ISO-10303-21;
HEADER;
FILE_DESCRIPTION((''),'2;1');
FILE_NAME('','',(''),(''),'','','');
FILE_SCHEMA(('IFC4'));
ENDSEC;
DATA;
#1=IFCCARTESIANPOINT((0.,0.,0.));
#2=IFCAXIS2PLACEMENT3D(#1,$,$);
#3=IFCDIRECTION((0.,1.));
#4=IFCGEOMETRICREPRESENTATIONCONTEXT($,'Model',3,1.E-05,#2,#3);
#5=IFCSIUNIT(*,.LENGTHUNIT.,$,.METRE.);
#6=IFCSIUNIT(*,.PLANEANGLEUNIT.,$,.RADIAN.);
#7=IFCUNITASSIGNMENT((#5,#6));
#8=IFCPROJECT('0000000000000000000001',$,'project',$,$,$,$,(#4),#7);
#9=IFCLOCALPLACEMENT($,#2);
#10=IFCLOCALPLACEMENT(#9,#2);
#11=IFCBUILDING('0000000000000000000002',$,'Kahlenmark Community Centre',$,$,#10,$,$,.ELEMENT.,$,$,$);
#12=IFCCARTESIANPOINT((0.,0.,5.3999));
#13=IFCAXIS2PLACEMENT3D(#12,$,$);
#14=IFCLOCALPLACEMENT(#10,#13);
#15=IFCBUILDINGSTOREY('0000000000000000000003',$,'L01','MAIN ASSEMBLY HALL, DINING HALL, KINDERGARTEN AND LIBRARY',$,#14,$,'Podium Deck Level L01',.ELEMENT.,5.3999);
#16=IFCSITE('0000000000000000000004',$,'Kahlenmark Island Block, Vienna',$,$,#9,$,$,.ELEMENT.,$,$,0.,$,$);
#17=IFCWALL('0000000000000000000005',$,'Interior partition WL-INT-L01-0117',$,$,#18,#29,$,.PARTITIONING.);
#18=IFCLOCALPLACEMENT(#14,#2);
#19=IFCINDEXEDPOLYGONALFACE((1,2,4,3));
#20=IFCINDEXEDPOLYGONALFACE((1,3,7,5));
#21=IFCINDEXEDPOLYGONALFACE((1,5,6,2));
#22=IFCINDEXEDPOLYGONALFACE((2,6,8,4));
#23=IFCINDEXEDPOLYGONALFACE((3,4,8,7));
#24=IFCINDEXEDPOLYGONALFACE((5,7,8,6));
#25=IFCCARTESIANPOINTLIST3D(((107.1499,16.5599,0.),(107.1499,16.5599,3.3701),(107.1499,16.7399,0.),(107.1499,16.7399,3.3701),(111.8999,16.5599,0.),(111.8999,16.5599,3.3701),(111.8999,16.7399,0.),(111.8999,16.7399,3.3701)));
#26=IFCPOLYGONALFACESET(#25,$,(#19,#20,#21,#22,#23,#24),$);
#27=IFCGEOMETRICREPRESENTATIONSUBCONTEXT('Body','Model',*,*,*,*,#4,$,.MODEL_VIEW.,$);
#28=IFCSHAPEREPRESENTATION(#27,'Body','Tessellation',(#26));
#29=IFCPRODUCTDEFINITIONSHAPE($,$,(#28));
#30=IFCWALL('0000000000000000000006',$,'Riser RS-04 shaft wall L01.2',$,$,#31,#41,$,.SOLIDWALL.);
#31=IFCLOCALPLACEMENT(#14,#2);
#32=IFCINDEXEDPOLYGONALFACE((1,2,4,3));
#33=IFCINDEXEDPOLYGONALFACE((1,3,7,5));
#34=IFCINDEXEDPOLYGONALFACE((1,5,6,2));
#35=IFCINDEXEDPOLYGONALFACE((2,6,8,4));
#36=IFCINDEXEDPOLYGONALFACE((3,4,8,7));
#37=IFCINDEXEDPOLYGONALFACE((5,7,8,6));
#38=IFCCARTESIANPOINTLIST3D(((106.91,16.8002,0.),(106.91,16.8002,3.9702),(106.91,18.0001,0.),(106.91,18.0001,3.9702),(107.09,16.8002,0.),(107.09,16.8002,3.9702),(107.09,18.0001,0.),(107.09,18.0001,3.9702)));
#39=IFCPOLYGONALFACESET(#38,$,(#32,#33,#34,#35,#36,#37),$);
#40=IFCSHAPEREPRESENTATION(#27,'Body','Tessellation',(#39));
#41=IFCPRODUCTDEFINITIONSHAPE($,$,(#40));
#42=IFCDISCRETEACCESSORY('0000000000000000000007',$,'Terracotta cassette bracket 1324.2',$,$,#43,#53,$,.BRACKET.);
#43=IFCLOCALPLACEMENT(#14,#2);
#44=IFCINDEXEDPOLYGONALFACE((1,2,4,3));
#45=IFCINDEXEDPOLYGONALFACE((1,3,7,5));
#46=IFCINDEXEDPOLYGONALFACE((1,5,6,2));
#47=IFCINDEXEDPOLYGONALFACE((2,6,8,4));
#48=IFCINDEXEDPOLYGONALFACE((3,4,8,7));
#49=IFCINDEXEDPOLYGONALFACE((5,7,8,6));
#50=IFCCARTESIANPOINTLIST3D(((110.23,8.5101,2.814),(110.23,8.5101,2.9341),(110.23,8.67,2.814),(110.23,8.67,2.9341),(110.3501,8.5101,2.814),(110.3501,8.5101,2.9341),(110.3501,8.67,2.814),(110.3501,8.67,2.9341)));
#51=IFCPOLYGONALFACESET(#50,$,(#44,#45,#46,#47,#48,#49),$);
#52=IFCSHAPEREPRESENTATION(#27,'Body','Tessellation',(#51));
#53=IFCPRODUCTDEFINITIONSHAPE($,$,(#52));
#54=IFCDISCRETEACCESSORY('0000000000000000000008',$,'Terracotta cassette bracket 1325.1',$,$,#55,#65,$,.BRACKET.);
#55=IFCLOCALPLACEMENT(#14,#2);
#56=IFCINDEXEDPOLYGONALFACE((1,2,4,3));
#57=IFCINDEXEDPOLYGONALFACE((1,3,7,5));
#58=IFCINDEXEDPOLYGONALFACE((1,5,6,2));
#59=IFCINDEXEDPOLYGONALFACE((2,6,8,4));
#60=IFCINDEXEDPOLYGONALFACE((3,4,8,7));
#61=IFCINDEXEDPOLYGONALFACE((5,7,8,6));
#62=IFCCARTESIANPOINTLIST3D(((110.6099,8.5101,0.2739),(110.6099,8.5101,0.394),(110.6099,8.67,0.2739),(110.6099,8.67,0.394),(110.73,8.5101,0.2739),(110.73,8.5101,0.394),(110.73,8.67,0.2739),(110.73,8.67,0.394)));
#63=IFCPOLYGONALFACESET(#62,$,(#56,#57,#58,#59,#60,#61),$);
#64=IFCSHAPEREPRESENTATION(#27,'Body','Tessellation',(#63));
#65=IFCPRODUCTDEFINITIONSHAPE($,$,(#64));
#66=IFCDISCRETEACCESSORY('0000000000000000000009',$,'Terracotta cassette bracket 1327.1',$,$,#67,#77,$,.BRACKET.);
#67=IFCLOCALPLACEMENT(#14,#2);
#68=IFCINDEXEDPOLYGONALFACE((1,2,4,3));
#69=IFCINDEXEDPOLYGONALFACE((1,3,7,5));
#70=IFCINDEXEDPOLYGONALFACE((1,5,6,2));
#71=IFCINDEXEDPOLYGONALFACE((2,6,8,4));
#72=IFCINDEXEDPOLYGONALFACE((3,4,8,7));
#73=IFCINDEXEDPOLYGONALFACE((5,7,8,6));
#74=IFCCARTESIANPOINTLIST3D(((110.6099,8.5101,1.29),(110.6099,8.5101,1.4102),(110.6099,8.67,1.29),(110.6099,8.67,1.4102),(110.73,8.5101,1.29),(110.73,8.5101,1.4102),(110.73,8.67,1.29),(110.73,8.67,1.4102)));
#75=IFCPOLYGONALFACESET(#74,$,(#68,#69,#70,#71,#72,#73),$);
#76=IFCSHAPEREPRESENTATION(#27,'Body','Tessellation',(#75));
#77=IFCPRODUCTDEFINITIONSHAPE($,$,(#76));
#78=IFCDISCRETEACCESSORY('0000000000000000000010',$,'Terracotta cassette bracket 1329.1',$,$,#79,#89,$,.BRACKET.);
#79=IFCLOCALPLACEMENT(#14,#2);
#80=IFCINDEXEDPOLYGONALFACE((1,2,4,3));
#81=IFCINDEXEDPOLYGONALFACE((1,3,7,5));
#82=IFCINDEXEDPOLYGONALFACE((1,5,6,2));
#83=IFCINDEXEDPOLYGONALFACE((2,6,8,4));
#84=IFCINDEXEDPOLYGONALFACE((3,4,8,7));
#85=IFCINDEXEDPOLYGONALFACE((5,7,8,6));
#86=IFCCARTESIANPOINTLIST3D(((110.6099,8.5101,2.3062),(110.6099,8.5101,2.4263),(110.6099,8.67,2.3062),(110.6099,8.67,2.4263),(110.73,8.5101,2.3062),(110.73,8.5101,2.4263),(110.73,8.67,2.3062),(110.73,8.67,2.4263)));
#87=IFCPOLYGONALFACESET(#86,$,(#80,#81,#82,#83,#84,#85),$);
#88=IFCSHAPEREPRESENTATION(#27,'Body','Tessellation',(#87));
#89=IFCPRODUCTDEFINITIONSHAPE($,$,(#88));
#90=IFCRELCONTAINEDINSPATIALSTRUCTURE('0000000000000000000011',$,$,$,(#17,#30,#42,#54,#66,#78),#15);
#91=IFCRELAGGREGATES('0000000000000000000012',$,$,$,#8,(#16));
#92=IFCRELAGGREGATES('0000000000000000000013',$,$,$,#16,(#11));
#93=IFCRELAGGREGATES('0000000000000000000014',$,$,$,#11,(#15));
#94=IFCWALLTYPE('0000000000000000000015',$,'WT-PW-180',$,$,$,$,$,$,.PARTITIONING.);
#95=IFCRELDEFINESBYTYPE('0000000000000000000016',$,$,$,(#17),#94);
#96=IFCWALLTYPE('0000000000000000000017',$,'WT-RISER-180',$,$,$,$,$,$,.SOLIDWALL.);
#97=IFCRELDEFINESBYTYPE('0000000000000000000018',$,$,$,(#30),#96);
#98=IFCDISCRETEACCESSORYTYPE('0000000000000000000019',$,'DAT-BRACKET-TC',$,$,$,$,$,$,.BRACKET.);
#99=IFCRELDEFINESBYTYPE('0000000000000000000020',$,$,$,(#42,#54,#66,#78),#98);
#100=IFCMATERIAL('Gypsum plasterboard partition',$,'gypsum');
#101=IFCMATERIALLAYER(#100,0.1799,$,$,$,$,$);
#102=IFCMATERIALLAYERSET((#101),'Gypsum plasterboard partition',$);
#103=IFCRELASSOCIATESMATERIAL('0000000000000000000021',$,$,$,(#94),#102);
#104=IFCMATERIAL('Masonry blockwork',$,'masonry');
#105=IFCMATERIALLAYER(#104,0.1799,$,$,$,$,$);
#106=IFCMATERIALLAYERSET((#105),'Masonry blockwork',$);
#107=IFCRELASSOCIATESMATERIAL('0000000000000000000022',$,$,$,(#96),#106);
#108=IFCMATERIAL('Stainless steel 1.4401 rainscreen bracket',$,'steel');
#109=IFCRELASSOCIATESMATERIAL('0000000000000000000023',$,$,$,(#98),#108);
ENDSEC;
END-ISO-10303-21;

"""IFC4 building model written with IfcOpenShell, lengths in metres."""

from ifc_helpers import new_model, si_unit, direction, frame, frame_2d, origin, origin_2d, place, context, subcontext, project, spatial, rectangle, extrude, material, layer, layer_set, type_object, element, save


model = new_model("IFC4")

# Units and contexts
model_context = context("Model", 3, precision=1e-05, world=origin(), true_north=direction((0.0, 1.0)))
body_context = subcontext(model_context, "Body", "Model", "MODEL_VIEW")
ifc_project = project(units=[si_unit("LENGTHUNIT", "METRE"), si_unit("PLANEANGLEUNIT", "RADIAN")], contexts=[model_context])

# Site, building, storey
site_placement = place(None, origin())
site = spatial("IfcSite", under=ifc_project, at=site_placement, Name="Kahlenmark Island Block, Vienna", CompositionType="ELEMENT", RefElevation=0.0)
building_placement = place(site_placement, origin())
building = spatial("IfcBuilding", under=site, at=building_placement, Name="Kahlenmark Community Centre", CompositionType="ELEMENT")
storey_placement = place(building_placement, frame((0.0, 0.0, 5.3999)))
storey = spatial("IfcBuildingStorey", under=building, at=storey_placement, Name="L01", Description="MAIN ASSEMBLY HALL, DINING HALL, KINDERGARTEN AND LIBRARY", LongName="Podium Deck Level L01", CompositionType="ELEMENT", Elevation=5.3999)

# Walls
ifc_material_1 = material(Name="Gypsum plasterboard partition", Category="gypsum")
ifc_layer_1 = layer(ifc_material_1, 0.1799)
ifc_layer_set_1 = layer_set([ifc_layer_1], Name="Gypsum plasterboard partition")
wall_type_1 = type_object("IfcWallType", Name="WT-PW-180", PredefinedType="PARTITIONING", material=ifc_layer_set_1)
wall_1_placement = place(storey_placement, frame((107.1499, 16.6499, 0.0), z_axis=(0.0, 0.0, 1.0), x_axis=(1.0, 0.0, 0.0)))
element("IfcWall", 1, at=wall_1_placement, inside=storey, type_object=wall_type_1, Name="Interior partition WL-INT-L01-0117", PredefinedType="PARTITIONING", context=body_context, shape_type="SweptSolid", body=[
    extrude(rectangle(XDim=4.75, YDim=0.1799, at=frame_2d((2.375, 0.0))), origin(), (0.0, 0.0, 1.0), 3.3701),
])
ifc_material_2 = material(Name="Masonry blockwork", Category="masonry")
ifc_layer_2 = layer(ifc_material_2, 0.1799)
ifc_layer_set_2 = layer_set([ifc_layer_2], Name="Masonry blockwork")
wall_type_2 = type_object("IfcWallType", Name="WT-RISER-180", PredefinedType="SOLIDWALL", material=ifc_layer_set_2)
wall_2_placement = place(storey_placement, frame((107.0, 16.8, 0.0), z_axis=(0.0, 0.0, 1.0), x_axis=(0.0, 1.0, 0.0)))
element("IfcWall", 2, at=wall_2_placement, inside=storey, type_object=wall_type_2, Name="Riser RS-04 shaft wall L01.2", PredefinedType="SOLIDWALL", context=body_context, shape_type="SweptSolid", body=[
    extrude(rectangle(XDim=1.2, YDim=0.1799, at=frame_2d((0.6001, 0.0))), origin(), (0.0, 0.0, 1.0), 3.9702),
])

# Discrete accessories
ifc_material_3 = material(Name="Stainless steel 1.4401 rainscreen bracket", Category="steel")
discrete_accessory_type = type_object("IfcDiscreteAccessoryType", Name="DAT-BRACKET-TC", PredefinedType="BRACKET", material=ifc_material_3)
for number, where, z_axis, x_axis, name in (
    (3, (110.29, 8.5901, 2.814), (0.0, 0.0, 1.0), (1.0, 0.0, 0.0), "Terracotta cassette bracket 1324.2"),
    (4, (110.6699, 8.5901, 0.2739), (0.0, 0.0, 1.0), (1.0, 0.0, 0.0), "Terracotta cassette bracket 1325.1"),
    (5, (110.6699, 8.5901, 1.29), (0.0, 0.0, 1.0), (1.0, 0.0, 0.0), "Terracotta cassette bracket 1327.1"),
    (6, (110.6699, 8.5901, 2.3062), (0.0, 0.0, 1.0), (1.0, 0.0, 0.0), "Terracotta cassette bracket 1329.1"),
):
    element("IfcDiscreteAccessory", number, at=place(storey_placement, frame(where, z_axis=z_axis, x_axis=x_axis)), inside=storey, type_object=discrete_accessory_type, Name=name, PredefinedType="BRACKET", context=body_context, shape_type="SweptSolid", body=[
        extrude(rectangle(XDim=0.1201, YDim=0.1599, at=origin_2d()), origin(), (0.0, 0.0, 1.0), 0.1201),
    ])

save(model, "model.ifc")
